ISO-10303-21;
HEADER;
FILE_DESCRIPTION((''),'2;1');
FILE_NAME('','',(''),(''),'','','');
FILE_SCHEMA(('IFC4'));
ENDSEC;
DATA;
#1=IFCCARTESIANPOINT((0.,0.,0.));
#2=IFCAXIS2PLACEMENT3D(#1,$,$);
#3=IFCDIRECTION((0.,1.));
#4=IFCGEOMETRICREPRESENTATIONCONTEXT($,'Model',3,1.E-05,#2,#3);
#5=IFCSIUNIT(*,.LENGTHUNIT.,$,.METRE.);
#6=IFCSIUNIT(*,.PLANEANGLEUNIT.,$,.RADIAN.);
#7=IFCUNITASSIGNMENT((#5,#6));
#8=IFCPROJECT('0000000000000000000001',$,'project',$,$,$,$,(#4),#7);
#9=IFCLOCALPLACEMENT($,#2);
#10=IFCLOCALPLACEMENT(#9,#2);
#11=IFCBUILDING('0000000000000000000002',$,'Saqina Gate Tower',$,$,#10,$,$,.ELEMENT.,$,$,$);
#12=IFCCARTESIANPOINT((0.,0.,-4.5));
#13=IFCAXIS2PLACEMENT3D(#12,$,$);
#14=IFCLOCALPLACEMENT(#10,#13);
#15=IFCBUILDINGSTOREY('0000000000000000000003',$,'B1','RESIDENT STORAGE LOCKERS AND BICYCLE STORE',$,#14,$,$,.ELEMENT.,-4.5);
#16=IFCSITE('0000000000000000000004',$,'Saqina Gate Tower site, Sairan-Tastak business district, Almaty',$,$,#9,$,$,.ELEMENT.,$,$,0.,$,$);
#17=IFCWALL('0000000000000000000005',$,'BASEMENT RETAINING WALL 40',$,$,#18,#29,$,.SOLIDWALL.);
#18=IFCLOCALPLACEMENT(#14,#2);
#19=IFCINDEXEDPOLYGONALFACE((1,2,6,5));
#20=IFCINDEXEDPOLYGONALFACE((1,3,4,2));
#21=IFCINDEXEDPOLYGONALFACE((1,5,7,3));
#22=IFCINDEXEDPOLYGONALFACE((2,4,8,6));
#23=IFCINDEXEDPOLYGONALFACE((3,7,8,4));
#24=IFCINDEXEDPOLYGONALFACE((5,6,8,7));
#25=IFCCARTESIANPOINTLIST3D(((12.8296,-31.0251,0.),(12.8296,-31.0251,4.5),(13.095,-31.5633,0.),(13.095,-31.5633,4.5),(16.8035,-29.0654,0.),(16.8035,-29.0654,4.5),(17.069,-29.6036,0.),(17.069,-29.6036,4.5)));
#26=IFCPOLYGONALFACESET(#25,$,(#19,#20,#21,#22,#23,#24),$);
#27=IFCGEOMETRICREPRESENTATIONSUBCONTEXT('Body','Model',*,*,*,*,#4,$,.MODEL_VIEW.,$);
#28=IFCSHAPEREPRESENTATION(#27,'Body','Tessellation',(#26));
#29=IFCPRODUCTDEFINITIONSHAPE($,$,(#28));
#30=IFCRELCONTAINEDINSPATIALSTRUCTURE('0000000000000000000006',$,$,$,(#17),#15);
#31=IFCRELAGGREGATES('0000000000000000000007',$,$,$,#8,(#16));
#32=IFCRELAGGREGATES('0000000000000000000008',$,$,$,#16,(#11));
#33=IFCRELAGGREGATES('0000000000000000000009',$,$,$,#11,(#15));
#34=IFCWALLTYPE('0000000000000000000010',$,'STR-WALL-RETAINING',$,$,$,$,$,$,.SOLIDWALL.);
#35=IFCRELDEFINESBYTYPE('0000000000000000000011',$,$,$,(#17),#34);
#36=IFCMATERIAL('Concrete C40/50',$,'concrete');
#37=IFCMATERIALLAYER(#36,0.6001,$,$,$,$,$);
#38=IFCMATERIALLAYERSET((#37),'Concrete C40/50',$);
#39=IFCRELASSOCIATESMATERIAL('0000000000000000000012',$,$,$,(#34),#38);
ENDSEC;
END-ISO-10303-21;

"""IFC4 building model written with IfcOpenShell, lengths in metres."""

from ifc_helpers import new_model, si_unit, direction, frame, frame_2d, origin, place, context, subcontext, project, spatial, rectangle, extrude, material, layer, layer_set, type_object, element, save


model = new_model("IFC4")

# Units and contexts
model_context = context("Model", 3, precision=1e-05, world=origin(), true_north=direction((0.0, 1.0)))
body_context = subcontext(model_context, "Body", "Model", "MODEL_VIEW")
ifc_project = project(units=[si_unit("LENGTHUNIT", "METRE"), si_unit("PLANEANGLEUNIT", "RADIAN")], contexts=[model_context])

# Site, building, storey
site_placement = place(None, origin())
site = spatial("IfcSite", under=ifc_project, at=site_placement, Name="Saqina Gate Tower site, Sairan-Tastak business district, Almaty", CompositionType="ELEMENT", RefElevation=0.0)
building_placement = place(site_placement, origin())
building = spatial("IfcBuilding", under=site, at=building_placement, Name="Saqina Gate Tower", CompositionType="ELEMENT")
storey_placement = place(building_placement, frame((0.0, 0.0, -4.5)))
storey = spatial("IfcBuildingStorey", under=building, at=storey_placement, Name="B1", Description="RESIDENT STORAGE LOCKERS AND BICYCLE STORE", CompositionType="ELEMENT", Elevation=-4.5)

# Wall
ifc_material_1 = material(Name="Concrete C40/50", Category="concrete")
ifc_layer_1 = layer(ifc_material_1, 0.6001)
ifc_layer_set_1 = layer_set([ifc_layer_1], Name="Concrete C40/50")
wall_type_1 = type_object("IfcWallType", Name="STR-WALL-RETAINING", PredefinedType="SOLIDWALL", material=ifc_layer_set_1)
wall_1_placement = place(storey_placement, frame((12.9624, -31.2942, 0.0), z_axis=(0.0, 0.0, 1.0), x_axis=(0.896871, 0.442292, 0.0)))
element("IfcWall", 1, at=wall_1_placement, inside=storey, type_object=wall_type_1, Name="BASEMENT RETAINING WALL 40", PredefinedType="SOLIDWALL", context=body_context, shape_type="SweptSolid", body=[
    extrude(rectangle(XDim=4.4309, YDim=0.6001, at=frame_2d((2.2153, 0.0))), origin(), (0.0, 0.0, 1.0), 4.5),
])

save(model, "model.ifc")
